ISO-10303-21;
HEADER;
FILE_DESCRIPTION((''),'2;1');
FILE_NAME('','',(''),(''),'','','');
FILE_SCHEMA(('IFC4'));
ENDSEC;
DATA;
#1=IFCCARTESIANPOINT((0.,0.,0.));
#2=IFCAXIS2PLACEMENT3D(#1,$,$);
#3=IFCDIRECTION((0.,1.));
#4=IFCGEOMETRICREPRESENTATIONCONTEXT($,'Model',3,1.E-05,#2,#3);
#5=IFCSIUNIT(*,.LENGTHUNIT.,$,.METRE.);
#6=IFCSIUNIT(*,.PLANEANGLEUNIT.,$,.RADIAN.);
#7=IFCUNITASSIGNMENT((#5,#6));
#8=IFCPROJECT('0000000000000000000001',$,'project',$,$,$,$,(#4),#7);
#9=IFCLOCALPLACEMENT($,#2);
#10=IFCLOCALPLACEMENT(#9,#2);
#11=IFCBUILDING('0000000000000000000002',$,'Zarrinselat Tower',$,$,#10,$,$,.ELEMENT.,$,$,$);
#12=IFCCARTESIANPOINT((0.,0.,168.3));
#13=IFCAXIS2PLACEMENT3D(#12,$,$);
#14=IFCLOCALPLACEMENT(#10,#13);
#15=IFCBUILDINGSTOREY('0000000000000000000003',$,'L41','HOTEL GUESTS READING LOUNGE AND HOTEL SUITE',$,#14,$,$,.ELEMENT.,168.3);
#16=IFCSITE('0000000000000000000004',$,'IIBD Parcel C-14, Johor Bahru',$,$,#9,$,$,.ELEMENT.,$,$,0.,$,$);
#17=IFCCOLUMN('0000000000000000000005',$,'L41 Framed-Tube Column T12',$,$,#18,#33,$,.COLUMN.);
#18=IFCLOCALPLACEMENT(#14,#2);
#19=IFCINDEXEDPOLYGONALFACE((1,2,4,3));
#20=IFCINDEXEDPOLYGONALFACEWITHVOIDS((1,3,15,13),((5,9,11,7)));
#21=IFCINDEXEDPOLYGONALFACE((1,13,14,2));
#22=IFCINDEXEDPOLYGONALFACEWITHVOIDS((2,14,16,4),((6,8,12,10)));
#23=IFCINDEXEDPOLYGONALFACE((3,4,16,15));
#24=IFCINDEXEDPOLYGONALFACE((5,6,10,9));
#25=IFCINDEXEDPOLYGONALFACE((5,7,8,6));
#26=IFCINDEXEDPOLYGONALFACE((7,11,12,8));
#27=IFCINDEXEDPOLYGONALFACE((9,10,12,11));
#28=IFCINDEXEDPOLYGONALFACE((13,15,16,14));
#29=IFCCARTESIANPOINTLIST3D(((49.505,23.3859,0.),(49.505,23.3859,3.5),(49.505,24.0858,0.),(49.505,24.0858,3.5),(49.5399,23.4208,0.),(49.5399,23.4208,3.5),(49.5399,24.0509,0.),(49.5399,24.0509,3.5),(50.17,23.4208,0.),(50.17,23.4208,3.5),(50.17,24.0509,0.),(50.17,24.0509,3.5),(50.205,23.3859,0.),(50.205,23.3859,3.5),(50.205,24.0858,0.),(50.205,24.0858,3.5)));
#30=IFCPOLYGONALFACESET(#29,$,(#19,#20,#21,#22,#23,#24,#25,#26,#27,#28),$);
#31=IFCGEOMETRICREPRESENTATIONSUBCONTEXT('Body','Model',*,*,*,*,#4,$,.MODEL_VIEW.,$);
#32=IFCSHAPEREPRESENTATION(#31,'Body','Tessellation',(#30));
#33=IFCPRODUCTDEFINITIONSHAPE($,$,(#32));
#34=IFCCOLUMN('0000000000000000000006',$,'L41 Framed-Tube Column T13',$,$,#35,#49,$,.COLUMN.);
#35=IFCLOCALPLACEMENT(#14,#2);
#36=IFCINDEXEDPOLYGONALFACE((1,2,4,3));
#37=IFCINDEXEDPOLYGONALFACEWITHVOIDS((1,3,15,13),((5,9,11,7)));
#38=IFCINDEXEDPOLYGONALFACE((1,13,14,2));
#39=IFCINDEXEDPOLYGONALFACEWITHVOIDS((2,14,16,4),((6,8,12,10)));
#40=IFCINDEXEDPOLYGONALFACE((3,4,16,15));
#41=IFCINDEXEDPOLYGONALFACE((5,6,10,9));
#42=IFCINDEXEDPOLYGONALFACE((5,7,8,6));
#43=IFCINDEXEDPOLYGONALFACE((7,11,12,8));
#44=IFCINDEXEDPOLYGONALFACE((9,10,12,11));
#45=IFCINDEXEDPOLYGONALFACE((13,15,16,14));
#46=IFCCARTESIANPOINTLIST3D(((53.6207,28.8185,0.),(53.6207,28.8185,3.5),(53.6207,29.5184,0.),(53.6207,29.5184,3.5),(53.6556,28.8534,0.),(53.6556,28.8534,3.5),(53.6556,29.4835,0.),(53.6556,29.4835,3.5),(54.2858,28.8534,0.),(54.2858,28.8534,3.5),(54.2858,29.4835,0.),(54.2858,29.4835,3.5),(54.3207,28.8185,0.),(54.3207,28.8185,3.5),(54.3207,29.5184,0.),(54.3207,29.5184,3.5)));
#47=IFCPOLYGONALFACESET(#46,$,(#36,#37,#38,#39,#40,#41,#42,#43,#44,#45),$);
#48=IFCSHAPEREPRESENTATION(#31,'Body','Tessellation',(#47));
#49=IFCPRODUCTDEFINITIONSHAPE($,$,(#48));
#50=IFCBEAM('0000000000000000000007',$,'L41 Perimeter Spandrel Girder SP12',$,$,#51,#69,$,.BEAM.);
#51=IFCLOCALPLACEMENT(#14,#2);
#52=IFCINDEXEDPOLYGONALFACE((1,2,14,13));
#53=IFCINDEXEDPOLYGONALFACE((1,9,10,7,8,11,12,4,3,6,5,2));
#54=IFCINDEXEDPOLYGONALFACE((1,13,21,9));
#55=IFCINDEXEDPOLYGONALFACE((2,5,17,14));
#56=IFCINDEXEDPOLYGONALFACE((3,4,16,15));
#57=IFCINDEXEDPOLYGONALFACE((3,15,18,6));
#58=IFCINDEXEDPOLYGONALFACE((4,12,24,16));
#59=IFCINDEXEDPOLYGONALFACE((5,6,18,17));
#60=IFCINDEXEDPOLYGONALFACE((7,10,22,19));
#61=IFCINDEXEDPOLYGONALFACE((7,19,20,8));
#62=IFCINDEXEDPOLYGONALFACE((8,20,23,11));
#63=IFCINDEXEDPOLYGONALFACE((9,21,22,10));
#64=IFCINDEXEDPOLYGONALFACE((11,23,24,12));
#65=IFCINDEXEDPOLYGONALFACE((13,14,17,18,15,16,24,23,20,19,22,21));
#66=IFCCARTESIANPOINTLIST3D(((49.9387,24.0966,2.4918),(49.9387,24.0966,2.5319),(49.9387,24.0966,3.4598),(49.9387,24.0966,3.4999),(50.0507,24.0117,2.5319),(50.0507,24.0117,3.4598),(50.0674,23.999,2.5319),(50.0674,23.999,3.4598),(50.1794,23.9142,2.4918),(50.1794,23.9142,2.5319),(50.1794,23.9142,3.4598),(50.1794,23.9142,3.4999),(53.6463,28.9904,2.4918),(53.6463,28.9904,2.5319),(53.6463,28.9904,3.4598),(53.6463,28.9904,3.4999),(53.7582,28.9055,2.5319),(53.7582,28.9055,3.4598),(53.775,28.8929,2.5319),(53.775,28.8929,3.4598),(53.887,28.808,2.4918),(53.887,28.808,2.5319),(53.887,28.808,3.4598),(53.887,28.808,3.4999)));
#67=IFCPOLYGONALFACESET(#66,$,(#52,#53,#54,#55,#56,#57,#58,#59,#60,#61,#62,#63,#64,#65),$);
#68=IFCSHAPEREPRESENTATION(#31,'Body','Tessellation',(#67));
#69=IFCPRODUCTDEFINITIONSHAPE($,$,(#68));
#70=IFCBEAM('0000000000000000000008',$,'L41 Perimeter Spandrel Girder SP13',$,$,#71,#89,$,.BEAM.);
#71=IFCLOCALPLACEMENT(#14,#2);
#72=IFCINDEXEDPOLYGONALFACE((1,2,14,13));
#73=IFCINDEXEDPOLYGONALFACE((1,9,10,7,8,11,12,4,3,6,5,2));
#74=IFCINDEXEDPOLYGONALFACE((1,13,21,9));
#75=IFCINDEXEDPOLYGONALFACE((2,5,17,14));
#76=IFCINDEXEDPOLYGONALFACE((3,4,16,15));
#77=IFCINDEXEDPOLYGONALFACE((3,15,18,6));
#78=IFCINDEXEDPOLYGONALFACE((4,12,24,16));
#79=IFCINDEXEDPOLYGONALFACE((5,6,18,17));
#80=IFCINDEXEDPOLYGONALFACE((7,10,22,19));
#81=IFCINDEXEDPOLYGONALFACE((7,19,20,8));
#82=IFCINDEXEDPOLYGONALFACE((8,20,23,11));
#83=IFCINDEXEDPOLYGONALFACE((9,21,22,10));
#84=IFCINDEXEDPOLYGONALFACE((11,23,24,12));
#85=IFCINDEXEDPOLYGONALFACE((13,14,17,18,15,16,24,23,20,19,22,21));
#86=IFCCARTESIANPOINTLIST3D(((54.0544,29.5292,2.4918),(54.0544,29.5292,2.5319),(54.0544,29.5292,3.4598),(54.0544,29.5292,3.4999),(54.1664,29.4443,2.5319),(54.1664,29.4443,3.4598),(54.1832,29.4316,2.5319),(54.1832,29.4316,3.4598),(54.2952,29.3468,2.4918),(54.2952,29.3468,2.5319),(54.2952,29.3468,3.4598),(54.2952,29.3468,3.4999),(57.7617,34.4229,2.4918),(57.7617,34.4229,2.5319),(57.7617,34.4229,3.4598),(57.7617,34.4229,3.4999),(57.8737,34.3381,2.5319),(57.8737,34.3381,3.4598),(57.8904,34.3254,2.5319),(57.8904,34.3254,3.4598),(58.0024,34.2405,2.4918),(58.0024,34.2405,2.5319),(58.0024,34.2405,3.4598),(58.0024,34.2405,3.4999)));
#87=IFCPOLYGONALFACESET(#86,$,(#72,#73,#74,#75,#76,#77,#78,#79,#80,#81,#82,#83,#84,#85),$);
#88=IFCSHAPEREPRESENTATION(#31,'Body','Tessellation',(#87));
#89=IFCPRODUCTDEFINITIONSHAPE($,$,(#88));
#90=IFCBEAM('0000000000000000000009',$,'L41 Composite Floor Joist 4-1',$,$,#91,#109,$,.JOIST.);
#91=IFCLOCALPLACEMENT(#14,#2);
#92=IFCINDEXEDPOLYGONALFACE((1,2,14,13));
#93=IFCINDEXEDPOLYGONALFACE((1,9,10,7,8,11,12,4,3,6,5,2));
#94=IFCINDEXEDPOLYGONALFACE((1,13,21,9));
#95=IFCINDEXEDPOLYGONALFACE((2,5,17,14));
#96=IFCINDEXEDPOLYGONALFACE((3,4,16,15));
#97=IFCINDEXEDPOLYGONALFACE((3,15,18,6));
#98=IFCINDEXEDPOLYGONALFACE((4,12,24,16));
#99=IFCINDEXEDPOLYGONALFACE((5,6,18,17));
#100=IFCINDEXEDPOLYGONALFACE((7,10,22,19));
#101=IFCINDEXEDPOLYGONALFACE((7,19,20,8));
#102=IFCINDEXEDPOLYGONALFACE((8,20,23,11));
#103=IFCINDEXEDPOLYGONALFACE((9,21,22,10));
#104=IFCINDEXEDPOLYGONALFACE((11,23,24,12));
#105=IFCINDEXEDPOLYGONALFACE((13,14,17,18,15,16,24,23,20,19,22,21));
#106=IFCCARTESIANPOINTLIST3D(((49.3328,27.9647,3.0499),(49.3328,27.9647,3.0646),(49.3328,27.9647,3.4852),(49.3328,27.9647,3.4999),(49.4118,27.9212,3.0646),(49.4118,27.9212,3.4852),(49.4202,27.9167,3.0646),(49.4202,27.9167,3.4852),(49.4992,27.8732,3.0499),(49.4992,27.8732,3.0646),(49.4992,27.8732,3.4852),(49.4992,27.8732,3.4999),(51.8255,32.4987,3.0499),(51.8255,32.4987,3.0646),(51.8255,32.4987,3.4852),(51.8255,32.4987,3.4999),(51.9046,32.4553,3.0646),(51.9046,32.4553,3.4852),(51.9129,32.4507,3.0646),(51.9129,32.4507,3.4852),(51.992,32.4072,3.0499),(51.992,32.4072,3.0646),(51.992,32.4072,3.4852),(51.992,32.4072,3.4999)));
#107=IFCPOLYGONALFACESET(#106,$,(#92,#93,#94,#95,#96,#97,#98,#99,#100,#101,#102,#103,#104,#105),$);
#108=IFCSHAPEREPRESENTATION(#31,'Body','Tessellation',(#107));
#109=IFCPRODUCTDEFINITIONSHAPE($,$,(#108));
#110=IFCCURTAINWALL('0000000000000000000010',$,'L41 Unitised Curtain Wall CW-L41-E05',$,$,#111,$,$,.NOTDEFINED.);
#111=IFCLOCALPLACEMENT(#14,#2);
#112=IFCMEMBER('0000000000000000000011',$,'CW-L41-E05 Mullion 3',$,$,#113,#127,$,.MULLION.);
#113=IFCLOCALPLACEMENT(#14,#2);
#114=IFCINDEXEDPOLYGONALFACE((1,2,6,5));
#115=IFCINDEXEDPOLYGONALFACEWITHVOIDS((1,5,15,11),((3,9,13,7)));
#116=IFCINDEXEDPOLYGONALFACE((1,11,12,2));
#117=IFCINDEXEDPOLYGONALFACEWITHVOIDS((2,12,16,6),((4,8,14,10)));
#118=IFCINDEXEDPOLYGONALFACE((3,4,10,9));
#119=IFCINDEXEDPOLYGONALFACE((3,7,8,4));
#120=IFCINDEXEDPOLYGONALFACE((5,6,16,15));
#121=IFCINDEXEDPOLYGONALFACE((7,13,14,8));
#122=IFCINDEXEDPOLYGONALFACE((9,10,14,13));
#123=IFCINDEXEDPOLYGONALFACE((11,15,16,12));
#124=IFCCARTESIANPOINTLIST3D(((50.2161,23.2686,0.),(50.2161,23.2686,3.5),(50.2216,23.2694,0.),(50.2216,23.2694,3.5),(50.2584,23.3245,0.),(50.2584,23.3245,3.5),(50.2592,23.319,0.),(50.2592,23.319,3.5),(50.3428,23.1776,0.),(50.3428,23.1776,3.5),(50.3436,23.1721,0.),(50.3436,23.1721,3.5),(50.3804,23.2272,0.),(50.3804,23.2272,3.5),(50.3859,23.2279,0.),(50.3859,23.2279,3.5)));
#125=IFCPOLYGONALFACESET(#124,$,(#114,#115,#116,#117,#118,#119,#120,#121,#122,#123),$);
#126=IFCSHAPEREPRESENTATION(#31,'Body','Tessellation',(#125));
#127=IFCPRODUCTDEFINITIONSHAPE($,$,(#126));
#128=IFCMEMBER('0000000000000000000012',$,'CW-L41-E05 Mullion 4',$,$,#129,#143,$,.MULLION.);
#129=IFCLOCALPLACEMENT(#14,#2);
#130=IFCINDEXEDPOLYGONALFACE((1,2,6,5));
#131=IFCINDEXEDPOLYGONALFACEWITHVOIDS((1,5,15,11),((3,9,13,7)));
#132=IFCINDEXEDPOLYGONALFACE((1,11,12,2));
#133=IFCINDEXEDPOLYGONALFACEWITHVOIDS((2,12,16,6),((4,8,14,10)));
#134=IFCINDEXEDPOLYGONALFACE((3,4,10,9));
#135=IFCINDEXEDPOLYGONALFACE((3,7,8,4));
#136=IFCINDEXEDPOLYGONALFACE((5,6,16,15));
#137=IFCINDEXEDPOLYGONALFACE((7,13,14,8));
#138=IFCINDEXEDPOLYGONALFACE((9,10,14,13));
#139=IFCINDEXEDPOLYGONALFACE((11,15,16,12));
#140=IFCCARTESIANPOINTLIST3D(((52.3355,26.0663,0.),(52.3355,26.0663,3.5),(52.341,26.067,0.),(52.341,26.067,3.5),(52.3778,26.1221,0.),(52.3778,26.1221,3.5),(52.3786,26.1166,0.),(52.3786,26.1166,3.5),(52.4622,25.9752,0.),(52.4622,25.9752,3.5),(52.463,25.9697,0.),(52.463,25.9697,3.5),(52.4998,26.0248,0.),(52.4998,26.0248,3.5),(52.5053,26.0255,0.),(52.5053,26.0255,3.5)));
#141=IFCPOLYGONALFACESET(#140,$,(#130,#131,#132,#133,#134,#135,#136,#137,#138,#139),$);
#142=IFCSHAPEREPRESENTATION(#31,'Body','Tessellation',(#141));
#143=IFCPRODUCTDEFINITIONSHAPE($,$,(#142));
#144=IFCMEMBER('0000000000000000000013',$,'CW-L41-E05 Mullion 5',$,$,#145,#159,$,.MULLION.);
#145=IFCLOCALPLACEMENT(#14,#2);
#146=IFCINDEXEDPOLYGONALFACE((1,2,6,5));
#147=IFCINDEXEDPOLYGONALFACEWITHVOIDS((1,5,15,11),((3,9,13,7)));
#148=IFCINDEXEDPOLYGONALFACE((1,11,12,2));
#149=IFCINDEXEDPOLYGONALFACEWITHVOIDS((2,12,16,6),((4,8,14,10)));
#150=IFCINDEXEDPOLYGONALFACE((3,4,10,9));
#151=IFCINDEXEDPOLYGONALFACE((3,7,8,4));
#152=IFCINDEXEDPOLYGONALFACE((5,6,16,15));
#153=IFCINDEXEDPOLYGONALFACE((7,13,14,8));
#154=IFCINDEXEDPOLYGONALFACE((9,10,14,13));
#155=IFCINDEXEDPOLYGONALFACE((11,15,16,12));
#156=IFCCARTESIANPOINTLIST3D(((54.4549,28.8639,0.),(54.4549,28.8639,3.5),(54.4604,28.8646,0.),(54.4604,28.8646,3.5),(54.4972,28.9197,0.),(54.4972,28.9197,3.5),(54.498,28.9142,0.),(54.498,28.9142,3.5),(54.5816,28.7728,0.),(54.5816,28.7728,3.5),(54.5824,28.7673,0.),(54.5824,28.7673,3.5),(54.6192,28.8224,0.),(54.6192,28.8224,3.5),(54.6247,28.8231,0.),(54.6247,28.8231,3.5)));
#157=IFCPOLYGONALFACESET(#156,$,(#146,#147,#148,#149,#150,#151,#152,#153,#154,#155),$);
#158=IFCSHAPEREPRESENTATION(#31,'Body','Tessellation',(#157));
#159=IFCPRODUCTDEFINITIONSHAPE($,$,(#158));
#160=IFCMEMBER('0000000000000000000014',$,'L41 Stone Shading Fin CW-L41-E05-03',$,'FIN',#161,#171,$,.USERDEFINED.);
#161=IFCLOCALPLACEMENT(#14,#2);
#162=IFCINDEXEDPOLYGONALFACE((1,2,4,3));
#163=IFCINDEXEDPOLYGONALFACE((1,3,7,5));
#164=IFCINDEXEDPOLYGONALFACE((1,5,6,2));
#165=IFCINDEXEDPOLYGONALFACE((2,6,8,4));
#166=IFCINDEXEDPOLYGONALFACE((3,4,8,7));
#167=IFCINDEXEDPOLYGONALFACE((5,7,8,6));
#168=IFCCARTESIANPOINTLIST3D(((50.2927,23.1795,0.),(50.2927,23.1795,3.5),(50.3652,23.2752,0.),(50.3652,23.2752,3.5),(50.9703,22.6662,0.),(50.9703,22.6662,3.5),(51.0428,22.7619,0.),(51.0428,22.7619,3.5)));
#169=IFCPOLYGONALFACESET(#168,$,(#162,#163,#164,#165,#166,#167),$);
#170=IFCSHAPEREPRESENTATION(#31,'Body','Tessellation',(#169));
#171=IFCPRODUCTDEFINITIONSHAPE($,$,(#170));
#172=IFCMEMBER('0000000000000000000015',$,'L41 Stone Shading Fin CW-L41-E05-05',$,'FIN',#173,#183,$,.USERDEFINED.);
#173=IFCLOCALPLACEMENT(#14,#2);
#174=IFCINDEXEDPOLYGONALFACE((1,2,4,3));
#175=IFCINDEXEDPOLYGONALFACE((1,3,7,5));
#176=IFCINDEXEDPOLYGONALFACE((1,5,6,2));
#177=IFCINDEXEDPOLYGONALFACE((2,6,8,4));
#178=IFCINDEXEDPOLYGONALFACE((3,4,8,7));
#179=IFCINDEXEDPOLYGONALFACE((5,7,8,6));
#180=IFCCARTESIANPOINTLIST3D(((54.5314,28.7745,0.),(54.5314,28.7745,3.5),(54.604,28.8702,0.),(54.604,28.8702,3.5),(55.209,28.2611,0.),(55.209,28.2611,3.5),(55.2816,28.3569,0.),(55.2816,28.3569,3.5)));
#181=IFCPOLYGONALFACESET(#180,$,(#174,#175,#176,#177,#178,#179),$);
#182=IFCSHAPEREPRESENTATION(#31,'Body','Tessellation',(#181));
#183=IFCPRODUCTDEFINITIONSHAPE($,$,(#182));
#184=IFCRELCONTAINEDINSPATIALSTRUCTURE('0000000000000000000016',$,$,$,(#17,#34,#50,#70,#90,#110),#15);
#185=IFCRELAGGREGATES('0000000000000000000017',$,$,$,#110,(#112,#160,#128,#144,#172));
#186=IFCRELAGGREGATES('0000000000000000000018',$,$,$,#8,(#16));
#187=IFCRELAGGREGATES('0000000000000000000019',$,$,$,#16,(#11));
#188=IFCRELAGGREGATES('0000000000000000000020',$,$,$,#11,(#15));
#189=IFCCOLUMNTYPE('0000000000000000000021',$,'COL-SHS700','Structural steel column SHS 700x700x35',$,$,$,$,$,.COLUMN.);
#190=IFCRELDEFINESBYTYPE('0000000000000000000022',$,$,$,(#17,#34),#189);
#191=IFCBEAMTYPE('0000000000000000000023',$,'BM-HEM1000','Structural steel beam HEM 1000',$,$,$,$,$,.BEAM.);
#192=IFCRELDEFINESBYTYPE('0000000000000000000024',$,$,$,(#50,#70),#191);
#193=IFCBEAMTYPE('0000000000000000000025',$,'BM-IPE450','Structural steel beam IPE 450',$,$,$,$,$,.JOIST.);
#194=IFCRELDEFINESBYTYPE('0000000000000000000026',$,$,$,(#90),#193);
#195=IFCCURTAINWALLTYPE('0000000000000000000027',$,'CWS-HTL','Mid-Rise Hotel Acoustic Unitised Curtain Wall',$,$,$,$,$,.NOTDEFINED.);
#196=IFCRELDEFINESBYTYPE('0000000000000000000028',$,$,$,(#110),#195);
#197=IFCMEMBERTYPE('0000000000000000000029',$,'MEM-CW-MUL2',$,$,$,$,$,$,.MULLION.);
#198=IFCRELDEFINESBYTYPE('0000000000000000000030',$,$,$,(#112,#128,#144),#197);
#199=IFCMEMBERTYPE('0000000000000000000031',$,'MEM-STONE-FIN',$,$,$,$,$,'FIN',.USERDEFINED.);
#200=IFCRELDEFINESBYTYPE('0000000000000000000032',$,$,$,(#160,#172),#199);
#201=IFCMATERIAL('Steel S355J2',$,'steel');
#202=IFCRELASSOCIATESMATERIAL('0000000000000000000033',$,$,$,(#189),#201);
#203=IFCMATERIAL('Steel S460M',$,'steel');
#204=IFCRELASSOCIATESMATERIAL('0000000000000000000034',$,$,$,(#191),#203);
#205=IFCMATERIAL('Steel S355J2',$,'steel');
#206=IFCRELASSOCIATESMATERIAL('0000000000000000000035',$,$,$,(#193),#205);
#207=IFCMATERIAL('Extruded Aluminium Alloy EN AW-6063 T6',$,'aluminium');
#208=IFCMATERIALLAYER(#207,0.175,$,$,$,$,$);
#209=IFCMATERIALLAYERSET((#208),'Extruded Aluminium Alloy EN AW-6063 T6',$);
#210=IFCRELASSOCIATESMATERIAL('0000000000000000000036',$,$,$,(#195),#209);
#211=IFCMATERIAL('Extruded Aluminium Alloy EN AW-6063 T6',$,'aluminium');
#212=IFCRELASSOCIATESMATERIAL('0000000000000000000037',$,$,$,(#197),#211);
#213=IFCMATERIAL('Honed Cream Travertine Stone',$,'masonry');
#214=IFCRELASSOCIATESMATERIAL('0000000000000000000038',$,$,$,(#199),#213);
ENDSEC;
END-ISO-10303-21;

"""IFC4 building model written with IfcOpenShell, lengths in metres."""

from ifc_helpers import new_model, si_unit, direction, frame, origin, origin_2d, place, context, subcontext, project, spatial, rectangle, hollow_rectangle, i_section, extrude, material, layer, layer_set, material_profile, profile_set, type_object, element, aggregate, save


model = new_model("IFC4")

# Units and contexts
model_context = context("Model", 3, precision=1e-05, world=origin(), true_north=direction((0.0, 1.0)))
body_context = subcontext(model_context, "Body", "Model", "MODEL_VIEW")
ifc_project = project(units=[si_unit("LENGTHUNIT", "METRE"), si_unit("PLANEANGLEUNIT", "RADIAN")], contexts=[model_context])

# Site, building, storey
site_placement = place(None, origin())
site = spatial("IfcSite", under=ifc_project, at=site_placement, Name="IIBD Parcel C-14, Johor Bahru", CompositionType="ELEMENT", RefElevation=0.0)
building_placement = place(site_placement, origin())
building = spatial("IfcBuilding", under=site, at=building_placement, Name="Zarrinselat Tower", CompositionType="ELEMENT")
storey_placement = place(building_placement, frame((0.0, 0.0, 168.3)))
storey = spatial("IfcBuildingStorey", under=building, at=storey_placement, Name="L41", Description="HOTEL GUESTS READING LOUNGE AND HOTEL SUITE", CompositionType="ELEMENT", Elevation=168.3)

# Columns
ifc_material_1 = material(Name="Steel S355J2", Category="steel")
ifc_material_profile_1 = material_profile(ifc_material_1, hollow_rectangle(XDim=0.7, YDim=0.7, WallThickness=0.0349, at=origin_2d()), Name="SHS 700x700x35")
ifc_profile_set_1 = profile_set([ifc_material_profile_1], Name="Steel S355J2")
column_type = type_object("IfcColumnType", Name="COL-SHS700", Description="Structural steel column SHS 700x700x35", PredefinedType="COLUMN", material=ifc_profile_set_1)
for number, where, z_axis, x_axis, name in (
    (1, (49.855, 23.7358, 0.0), (0.0, 0.0, 1.0), (1.0, 0.0, 0.0), "L41 Framed-Tube Column T12"),
    (2, (53.9707, 29.1685, 0.0), (0.0, 0.0, 1.0), (1.0, 0.0, 0.0), "L41 Framed-Tube Column T13"),
):
    element("IfcColumn", number, at=place(storey_placement, frame(where, z_axis=z_axis, x_axis=x_axis)), inside=storey, type_object=column_type, Name=name, PredefinedType="COLUMN", context=body_context, shape_type="SweptSolid", body=[
        extrude(hollow_rectangle(XDim=0.7, YDim=0.7, WallThickness=0.0349, at=origin_2d()), origin(), (0.0, 0.0, 1.0), 3.5),
    ])

# Beams
ifc_material_2 = material(Name="Steel S460M", Category="steel")
ifc_material_profile_2 = material_profile(ifc_material_2, i_section(OverallWidth=0.302, OverallDepth=1.0081, WebThickness=0.021, FlangeThickness=0.04, at=origin_2d()), Name="HEM 1000")
ifc_profile_set_2 = profile_set([ifc_material_profile_2], Name="Steel S460M")
beam_type_1 = type_object("IfcBeamType", Name="BM-HEM1000", Description="Structural steel beam HEM 1000", PredefinedType="BEAM", material=ifc_profile_set_2)
beam_1_placement = place(storey_placement, frame((50.0591, 24.0054, 2.9958), z_axis=(0.603868, 0.797085, 0.0), x_axis=(-0.797085, 0.603868, 0.0)))
element("IfcBeam", 3, at=beam_1_placement, inside=storey, type_object=beam_type_1, Name="L41 Perimeter Spandrel Girder SP12", PredefinedType="BEAM", context=body_context, shape_type="SweptSolid", body=[
    extrude(i_section(OverallWidth=0.302, OverallDepth=1.0081, WebThickness=0.021, FlangeThickness=0.04, at=origin_2d()), origin(), (0.0, 0.0, 1.0), 6.1396),
])
beam_2_placement = place(storey_placement, frame((54.1748, 29.438, 2.9958), z_axis=(0.603842, 0.797104, 0.0), x_axis=(-0.797104, 0.603842, 0.0)))
element("IfcBeam", 4, at=beam_2_placement, inside=storey, type_object=beam_type_1, Name="L41 Perimeter Spandrel Girder SP13", PredefinedType="BEAM", context=body_context, shape_type="SweptSolid", body=[
    extrude(i_section(OverallWidth=0.302, OverallDepth=1.0081, WebThickness=0.021, FlangeThickness=0.04, at=origin_2d()), origin(), (0.0, 0.0, 1.0), 6.1394),
])
ifc_material_3 = material(Name="Steel S355J2", Category="steel")
ifc_material_profile_3 = material_profile(ifc_material_3, i_section(OverallWidth=0.1899, OverallDepth=0.45, WebThickness=0.0095, FlangeThickness=0.0146, at=origin_2d()), Name="IPE 450")
ifc_profile_set_3 = profile_set([ifc_material_profile_3], Name="Steel S355J2")
beam_type_2 = type_object("IfcBeamType", Name="BM-IPE450", Description="Structural steel beam IPE 450", PredefinedType="JOIST", material=ifc_profile_set_3)
beam_3_placement = place(storey_placement, frame((49.416, 27.9189, 3.2749), z_axis=(0.481772, 0.876297, 0.0), x_axis=(-0.876297, 0.481772, 0.0)))
element("IfcBeam", 5, at=beam_3_placement, inside=storey, type_object=beam_type_2, Name="L41 Composite Floor Joist 4-1", PredefinedType="JOIST", context=body_context, shape_type="SweptSolid", body=[
    extrude(i_section(OverallWidth=0.1899, OverallDepth=0.45, WebThickness=0.0095, FlangeThickness=0.0146, at=origin_2d()), origin(), (0.0, 0.0, 1.0), 5.1741),
])

# Curtain wall, members
ifc_material_4 = material(Name="Extruded Aluminium Alloy EN AW-6063 T6", Category="aluminium")
ifc_layer_1 = layer(ifc_material_4, 0.175)
ifc_layer_set_1 = layer_set([ifc_layer_1], Name="Extruded Aluminium Alloy EN AW-6063 T6")
curtain_wall_type = type_object("IfcCurtainWallType", Name="CWS-HTL", Description="Mid-Rise Hotel Acoustic Unitised Curtain Wall", PredefinedType="NOTDEFINED", material=ifc_layer_set_1)
curtain_wall_placement = place(storey_placement, origin())
curtain_wall = element("IfcCurtainWall", 6, at=curtain_wall_placement, inside=storey, type_object=curtain_wall_type, Name="L41 Unitised Curtain Wall CW-L41-E05", PredefinedType="NOTDEFINED")
ifc_material_5 = material(Name="Extruded Aluminium Alloy EN AW-6063 T6", Category="aluminium")
ifc_material_profile_4 = material_profile(ifc_material_5, hollow_rectangle(XDim=0.0701, YDim=0.1599, WallThickness=0.0039, at=origin_2d()), Name="RHS 160x70x4")
ifc_profile_set_4 = profile_set([ifc_material_profile_4], Name="Extruded Aluminium Alloy EN AW-6063 T6")
member_type_1 = type_object("IfcMemberType", Name="MEM-CW-MUL2", PredefinedType="MULLION", material=ifc_profile_set_4)
member_1_placement = place(storey_placement, frame((50.301, 23.2483, 0.0), z_axis=(0.0, 0.0, 1.0), x_axis=(0.603859, 0.797091, 0.0)))
member_1 = element("IfcMember", 7, at=member_1_placement, type_object=member_type_1, Name="CW-L41-E05 Mullion 3", PredefinedType="MULLION", context=body_context, shape_type="SweptSolid", body=[
    extrude(hollow_rectangle(XDim=0.0701, YDim=0.1599, WallThickness=0.0039, at=origin_2d()), origin(), (0.0, 0.0, 1.0), 3.5),
])
member_2_placement = place(storey_placement, frame((52.4204, 26.0459, 0.0), z_axis=(0.0, 0.0, 1.0), x_axis=(0.603859, 0.797091, 0.0)))
member_2 = element("IfcMember", 8, at=member_2_placement, type_object=member_type_1, Name="CW-L41-E05 Mullion 4", PredefinedType="MULLION", context=body_context, shape_type="SweptSolid", body=[
    extrude(hollow_rectangle(XDim=0.0701, YDim=0.1599, WallThickness=0.0039, at=origin_2d()), origin(), (0.0, 0.0, 1.0), 3.5),
])
member_3_placement = place(storey_placement, frame((54.5398, 28.8435, 0.0), z_axis=(0.0, 0.0, 1.0), x_axis=(0.603859, 0.797091, 0.0)))
member_3 = element("IfcMember", 9, at=member_3_placement, type_object=member_type_1, Name="CW-L41-E05 Mullion 5", PredefinedType="MULLION", context=body_context, shape_type="SweptSolid", body=[
    extrude(hollow_rectangle(XDim=0.0701, YDim=0.1599, WallThickness=0.0039, at=origin_2d()), origin(), (0.0, 0.0, 1.0), 3.5),
])
ifc_material_6 = material(Name="Honed Cream Travertine Stone", Category="masonry")
ifc_material_profile_5 = material_profile(ifc_material_6, rectangle(XDim=0.1201, YDim=0.8501, at=origin_2d()), Name="FIN 850x120")
ifc_profile_set_5 = profile_set([ifc_material_profile_5], Name="Honed Cream Travertine Stone")
member_type_2 = type_object("IfcMemberType", Name="MEM-STONE-FIN", ElementType="FIN", PredefinedType="USERDEFINED", material=ifc_profile_set_5)
member_4_placement = place(storey_placement, frame((50.6677, 22.9707, 0.0), z_axis=(0.0, 0.0, 1.0), x_axis=(-0.603859, -0.797091, 0.0)))
member_4 = element("IfcMember", 10, at=member_4_placement, type_object=member_type_2, Name="L41 Stone Shading Fin CW-L41-E05-03", ObjectType="FIN", PredefinedType="USERDEFINED", context=body_context, shape_type="SweptSolid", body=[
    extrude(rectangle(XDim=0.1201, YDim=0.8501, at=origin_2d()), origin(), (0.0, 0.0, 1.0), 3.5),
])
member_5_placement = place(storey_placement, frame((54.9065, 28.5657, 0.0), z_axis=(0.0, 0.0, 1.0), x_axis=(-0.603859, -0.797091, 0.0)))
member_5 = element("IfcMember", 11, at=member_5_placement, type_object=member_type_2, Name="L41 Stone Shading Fin CW-L41-E05-05", ObjectType="FIN", PredefinedType="USERDEFINED", context=body_context, shape_type="SweptSolid", body=[
    extrude(rectangle(XDim=0.1201, YDim=0.8501, at=origin_2d()), origin(), (0.0, 0.0, 1.0), 3.5),
])
aggregate(curtain_wall, [member_1, member_4, member_2, member_3, member_5])

save(model, "model.ifc")
